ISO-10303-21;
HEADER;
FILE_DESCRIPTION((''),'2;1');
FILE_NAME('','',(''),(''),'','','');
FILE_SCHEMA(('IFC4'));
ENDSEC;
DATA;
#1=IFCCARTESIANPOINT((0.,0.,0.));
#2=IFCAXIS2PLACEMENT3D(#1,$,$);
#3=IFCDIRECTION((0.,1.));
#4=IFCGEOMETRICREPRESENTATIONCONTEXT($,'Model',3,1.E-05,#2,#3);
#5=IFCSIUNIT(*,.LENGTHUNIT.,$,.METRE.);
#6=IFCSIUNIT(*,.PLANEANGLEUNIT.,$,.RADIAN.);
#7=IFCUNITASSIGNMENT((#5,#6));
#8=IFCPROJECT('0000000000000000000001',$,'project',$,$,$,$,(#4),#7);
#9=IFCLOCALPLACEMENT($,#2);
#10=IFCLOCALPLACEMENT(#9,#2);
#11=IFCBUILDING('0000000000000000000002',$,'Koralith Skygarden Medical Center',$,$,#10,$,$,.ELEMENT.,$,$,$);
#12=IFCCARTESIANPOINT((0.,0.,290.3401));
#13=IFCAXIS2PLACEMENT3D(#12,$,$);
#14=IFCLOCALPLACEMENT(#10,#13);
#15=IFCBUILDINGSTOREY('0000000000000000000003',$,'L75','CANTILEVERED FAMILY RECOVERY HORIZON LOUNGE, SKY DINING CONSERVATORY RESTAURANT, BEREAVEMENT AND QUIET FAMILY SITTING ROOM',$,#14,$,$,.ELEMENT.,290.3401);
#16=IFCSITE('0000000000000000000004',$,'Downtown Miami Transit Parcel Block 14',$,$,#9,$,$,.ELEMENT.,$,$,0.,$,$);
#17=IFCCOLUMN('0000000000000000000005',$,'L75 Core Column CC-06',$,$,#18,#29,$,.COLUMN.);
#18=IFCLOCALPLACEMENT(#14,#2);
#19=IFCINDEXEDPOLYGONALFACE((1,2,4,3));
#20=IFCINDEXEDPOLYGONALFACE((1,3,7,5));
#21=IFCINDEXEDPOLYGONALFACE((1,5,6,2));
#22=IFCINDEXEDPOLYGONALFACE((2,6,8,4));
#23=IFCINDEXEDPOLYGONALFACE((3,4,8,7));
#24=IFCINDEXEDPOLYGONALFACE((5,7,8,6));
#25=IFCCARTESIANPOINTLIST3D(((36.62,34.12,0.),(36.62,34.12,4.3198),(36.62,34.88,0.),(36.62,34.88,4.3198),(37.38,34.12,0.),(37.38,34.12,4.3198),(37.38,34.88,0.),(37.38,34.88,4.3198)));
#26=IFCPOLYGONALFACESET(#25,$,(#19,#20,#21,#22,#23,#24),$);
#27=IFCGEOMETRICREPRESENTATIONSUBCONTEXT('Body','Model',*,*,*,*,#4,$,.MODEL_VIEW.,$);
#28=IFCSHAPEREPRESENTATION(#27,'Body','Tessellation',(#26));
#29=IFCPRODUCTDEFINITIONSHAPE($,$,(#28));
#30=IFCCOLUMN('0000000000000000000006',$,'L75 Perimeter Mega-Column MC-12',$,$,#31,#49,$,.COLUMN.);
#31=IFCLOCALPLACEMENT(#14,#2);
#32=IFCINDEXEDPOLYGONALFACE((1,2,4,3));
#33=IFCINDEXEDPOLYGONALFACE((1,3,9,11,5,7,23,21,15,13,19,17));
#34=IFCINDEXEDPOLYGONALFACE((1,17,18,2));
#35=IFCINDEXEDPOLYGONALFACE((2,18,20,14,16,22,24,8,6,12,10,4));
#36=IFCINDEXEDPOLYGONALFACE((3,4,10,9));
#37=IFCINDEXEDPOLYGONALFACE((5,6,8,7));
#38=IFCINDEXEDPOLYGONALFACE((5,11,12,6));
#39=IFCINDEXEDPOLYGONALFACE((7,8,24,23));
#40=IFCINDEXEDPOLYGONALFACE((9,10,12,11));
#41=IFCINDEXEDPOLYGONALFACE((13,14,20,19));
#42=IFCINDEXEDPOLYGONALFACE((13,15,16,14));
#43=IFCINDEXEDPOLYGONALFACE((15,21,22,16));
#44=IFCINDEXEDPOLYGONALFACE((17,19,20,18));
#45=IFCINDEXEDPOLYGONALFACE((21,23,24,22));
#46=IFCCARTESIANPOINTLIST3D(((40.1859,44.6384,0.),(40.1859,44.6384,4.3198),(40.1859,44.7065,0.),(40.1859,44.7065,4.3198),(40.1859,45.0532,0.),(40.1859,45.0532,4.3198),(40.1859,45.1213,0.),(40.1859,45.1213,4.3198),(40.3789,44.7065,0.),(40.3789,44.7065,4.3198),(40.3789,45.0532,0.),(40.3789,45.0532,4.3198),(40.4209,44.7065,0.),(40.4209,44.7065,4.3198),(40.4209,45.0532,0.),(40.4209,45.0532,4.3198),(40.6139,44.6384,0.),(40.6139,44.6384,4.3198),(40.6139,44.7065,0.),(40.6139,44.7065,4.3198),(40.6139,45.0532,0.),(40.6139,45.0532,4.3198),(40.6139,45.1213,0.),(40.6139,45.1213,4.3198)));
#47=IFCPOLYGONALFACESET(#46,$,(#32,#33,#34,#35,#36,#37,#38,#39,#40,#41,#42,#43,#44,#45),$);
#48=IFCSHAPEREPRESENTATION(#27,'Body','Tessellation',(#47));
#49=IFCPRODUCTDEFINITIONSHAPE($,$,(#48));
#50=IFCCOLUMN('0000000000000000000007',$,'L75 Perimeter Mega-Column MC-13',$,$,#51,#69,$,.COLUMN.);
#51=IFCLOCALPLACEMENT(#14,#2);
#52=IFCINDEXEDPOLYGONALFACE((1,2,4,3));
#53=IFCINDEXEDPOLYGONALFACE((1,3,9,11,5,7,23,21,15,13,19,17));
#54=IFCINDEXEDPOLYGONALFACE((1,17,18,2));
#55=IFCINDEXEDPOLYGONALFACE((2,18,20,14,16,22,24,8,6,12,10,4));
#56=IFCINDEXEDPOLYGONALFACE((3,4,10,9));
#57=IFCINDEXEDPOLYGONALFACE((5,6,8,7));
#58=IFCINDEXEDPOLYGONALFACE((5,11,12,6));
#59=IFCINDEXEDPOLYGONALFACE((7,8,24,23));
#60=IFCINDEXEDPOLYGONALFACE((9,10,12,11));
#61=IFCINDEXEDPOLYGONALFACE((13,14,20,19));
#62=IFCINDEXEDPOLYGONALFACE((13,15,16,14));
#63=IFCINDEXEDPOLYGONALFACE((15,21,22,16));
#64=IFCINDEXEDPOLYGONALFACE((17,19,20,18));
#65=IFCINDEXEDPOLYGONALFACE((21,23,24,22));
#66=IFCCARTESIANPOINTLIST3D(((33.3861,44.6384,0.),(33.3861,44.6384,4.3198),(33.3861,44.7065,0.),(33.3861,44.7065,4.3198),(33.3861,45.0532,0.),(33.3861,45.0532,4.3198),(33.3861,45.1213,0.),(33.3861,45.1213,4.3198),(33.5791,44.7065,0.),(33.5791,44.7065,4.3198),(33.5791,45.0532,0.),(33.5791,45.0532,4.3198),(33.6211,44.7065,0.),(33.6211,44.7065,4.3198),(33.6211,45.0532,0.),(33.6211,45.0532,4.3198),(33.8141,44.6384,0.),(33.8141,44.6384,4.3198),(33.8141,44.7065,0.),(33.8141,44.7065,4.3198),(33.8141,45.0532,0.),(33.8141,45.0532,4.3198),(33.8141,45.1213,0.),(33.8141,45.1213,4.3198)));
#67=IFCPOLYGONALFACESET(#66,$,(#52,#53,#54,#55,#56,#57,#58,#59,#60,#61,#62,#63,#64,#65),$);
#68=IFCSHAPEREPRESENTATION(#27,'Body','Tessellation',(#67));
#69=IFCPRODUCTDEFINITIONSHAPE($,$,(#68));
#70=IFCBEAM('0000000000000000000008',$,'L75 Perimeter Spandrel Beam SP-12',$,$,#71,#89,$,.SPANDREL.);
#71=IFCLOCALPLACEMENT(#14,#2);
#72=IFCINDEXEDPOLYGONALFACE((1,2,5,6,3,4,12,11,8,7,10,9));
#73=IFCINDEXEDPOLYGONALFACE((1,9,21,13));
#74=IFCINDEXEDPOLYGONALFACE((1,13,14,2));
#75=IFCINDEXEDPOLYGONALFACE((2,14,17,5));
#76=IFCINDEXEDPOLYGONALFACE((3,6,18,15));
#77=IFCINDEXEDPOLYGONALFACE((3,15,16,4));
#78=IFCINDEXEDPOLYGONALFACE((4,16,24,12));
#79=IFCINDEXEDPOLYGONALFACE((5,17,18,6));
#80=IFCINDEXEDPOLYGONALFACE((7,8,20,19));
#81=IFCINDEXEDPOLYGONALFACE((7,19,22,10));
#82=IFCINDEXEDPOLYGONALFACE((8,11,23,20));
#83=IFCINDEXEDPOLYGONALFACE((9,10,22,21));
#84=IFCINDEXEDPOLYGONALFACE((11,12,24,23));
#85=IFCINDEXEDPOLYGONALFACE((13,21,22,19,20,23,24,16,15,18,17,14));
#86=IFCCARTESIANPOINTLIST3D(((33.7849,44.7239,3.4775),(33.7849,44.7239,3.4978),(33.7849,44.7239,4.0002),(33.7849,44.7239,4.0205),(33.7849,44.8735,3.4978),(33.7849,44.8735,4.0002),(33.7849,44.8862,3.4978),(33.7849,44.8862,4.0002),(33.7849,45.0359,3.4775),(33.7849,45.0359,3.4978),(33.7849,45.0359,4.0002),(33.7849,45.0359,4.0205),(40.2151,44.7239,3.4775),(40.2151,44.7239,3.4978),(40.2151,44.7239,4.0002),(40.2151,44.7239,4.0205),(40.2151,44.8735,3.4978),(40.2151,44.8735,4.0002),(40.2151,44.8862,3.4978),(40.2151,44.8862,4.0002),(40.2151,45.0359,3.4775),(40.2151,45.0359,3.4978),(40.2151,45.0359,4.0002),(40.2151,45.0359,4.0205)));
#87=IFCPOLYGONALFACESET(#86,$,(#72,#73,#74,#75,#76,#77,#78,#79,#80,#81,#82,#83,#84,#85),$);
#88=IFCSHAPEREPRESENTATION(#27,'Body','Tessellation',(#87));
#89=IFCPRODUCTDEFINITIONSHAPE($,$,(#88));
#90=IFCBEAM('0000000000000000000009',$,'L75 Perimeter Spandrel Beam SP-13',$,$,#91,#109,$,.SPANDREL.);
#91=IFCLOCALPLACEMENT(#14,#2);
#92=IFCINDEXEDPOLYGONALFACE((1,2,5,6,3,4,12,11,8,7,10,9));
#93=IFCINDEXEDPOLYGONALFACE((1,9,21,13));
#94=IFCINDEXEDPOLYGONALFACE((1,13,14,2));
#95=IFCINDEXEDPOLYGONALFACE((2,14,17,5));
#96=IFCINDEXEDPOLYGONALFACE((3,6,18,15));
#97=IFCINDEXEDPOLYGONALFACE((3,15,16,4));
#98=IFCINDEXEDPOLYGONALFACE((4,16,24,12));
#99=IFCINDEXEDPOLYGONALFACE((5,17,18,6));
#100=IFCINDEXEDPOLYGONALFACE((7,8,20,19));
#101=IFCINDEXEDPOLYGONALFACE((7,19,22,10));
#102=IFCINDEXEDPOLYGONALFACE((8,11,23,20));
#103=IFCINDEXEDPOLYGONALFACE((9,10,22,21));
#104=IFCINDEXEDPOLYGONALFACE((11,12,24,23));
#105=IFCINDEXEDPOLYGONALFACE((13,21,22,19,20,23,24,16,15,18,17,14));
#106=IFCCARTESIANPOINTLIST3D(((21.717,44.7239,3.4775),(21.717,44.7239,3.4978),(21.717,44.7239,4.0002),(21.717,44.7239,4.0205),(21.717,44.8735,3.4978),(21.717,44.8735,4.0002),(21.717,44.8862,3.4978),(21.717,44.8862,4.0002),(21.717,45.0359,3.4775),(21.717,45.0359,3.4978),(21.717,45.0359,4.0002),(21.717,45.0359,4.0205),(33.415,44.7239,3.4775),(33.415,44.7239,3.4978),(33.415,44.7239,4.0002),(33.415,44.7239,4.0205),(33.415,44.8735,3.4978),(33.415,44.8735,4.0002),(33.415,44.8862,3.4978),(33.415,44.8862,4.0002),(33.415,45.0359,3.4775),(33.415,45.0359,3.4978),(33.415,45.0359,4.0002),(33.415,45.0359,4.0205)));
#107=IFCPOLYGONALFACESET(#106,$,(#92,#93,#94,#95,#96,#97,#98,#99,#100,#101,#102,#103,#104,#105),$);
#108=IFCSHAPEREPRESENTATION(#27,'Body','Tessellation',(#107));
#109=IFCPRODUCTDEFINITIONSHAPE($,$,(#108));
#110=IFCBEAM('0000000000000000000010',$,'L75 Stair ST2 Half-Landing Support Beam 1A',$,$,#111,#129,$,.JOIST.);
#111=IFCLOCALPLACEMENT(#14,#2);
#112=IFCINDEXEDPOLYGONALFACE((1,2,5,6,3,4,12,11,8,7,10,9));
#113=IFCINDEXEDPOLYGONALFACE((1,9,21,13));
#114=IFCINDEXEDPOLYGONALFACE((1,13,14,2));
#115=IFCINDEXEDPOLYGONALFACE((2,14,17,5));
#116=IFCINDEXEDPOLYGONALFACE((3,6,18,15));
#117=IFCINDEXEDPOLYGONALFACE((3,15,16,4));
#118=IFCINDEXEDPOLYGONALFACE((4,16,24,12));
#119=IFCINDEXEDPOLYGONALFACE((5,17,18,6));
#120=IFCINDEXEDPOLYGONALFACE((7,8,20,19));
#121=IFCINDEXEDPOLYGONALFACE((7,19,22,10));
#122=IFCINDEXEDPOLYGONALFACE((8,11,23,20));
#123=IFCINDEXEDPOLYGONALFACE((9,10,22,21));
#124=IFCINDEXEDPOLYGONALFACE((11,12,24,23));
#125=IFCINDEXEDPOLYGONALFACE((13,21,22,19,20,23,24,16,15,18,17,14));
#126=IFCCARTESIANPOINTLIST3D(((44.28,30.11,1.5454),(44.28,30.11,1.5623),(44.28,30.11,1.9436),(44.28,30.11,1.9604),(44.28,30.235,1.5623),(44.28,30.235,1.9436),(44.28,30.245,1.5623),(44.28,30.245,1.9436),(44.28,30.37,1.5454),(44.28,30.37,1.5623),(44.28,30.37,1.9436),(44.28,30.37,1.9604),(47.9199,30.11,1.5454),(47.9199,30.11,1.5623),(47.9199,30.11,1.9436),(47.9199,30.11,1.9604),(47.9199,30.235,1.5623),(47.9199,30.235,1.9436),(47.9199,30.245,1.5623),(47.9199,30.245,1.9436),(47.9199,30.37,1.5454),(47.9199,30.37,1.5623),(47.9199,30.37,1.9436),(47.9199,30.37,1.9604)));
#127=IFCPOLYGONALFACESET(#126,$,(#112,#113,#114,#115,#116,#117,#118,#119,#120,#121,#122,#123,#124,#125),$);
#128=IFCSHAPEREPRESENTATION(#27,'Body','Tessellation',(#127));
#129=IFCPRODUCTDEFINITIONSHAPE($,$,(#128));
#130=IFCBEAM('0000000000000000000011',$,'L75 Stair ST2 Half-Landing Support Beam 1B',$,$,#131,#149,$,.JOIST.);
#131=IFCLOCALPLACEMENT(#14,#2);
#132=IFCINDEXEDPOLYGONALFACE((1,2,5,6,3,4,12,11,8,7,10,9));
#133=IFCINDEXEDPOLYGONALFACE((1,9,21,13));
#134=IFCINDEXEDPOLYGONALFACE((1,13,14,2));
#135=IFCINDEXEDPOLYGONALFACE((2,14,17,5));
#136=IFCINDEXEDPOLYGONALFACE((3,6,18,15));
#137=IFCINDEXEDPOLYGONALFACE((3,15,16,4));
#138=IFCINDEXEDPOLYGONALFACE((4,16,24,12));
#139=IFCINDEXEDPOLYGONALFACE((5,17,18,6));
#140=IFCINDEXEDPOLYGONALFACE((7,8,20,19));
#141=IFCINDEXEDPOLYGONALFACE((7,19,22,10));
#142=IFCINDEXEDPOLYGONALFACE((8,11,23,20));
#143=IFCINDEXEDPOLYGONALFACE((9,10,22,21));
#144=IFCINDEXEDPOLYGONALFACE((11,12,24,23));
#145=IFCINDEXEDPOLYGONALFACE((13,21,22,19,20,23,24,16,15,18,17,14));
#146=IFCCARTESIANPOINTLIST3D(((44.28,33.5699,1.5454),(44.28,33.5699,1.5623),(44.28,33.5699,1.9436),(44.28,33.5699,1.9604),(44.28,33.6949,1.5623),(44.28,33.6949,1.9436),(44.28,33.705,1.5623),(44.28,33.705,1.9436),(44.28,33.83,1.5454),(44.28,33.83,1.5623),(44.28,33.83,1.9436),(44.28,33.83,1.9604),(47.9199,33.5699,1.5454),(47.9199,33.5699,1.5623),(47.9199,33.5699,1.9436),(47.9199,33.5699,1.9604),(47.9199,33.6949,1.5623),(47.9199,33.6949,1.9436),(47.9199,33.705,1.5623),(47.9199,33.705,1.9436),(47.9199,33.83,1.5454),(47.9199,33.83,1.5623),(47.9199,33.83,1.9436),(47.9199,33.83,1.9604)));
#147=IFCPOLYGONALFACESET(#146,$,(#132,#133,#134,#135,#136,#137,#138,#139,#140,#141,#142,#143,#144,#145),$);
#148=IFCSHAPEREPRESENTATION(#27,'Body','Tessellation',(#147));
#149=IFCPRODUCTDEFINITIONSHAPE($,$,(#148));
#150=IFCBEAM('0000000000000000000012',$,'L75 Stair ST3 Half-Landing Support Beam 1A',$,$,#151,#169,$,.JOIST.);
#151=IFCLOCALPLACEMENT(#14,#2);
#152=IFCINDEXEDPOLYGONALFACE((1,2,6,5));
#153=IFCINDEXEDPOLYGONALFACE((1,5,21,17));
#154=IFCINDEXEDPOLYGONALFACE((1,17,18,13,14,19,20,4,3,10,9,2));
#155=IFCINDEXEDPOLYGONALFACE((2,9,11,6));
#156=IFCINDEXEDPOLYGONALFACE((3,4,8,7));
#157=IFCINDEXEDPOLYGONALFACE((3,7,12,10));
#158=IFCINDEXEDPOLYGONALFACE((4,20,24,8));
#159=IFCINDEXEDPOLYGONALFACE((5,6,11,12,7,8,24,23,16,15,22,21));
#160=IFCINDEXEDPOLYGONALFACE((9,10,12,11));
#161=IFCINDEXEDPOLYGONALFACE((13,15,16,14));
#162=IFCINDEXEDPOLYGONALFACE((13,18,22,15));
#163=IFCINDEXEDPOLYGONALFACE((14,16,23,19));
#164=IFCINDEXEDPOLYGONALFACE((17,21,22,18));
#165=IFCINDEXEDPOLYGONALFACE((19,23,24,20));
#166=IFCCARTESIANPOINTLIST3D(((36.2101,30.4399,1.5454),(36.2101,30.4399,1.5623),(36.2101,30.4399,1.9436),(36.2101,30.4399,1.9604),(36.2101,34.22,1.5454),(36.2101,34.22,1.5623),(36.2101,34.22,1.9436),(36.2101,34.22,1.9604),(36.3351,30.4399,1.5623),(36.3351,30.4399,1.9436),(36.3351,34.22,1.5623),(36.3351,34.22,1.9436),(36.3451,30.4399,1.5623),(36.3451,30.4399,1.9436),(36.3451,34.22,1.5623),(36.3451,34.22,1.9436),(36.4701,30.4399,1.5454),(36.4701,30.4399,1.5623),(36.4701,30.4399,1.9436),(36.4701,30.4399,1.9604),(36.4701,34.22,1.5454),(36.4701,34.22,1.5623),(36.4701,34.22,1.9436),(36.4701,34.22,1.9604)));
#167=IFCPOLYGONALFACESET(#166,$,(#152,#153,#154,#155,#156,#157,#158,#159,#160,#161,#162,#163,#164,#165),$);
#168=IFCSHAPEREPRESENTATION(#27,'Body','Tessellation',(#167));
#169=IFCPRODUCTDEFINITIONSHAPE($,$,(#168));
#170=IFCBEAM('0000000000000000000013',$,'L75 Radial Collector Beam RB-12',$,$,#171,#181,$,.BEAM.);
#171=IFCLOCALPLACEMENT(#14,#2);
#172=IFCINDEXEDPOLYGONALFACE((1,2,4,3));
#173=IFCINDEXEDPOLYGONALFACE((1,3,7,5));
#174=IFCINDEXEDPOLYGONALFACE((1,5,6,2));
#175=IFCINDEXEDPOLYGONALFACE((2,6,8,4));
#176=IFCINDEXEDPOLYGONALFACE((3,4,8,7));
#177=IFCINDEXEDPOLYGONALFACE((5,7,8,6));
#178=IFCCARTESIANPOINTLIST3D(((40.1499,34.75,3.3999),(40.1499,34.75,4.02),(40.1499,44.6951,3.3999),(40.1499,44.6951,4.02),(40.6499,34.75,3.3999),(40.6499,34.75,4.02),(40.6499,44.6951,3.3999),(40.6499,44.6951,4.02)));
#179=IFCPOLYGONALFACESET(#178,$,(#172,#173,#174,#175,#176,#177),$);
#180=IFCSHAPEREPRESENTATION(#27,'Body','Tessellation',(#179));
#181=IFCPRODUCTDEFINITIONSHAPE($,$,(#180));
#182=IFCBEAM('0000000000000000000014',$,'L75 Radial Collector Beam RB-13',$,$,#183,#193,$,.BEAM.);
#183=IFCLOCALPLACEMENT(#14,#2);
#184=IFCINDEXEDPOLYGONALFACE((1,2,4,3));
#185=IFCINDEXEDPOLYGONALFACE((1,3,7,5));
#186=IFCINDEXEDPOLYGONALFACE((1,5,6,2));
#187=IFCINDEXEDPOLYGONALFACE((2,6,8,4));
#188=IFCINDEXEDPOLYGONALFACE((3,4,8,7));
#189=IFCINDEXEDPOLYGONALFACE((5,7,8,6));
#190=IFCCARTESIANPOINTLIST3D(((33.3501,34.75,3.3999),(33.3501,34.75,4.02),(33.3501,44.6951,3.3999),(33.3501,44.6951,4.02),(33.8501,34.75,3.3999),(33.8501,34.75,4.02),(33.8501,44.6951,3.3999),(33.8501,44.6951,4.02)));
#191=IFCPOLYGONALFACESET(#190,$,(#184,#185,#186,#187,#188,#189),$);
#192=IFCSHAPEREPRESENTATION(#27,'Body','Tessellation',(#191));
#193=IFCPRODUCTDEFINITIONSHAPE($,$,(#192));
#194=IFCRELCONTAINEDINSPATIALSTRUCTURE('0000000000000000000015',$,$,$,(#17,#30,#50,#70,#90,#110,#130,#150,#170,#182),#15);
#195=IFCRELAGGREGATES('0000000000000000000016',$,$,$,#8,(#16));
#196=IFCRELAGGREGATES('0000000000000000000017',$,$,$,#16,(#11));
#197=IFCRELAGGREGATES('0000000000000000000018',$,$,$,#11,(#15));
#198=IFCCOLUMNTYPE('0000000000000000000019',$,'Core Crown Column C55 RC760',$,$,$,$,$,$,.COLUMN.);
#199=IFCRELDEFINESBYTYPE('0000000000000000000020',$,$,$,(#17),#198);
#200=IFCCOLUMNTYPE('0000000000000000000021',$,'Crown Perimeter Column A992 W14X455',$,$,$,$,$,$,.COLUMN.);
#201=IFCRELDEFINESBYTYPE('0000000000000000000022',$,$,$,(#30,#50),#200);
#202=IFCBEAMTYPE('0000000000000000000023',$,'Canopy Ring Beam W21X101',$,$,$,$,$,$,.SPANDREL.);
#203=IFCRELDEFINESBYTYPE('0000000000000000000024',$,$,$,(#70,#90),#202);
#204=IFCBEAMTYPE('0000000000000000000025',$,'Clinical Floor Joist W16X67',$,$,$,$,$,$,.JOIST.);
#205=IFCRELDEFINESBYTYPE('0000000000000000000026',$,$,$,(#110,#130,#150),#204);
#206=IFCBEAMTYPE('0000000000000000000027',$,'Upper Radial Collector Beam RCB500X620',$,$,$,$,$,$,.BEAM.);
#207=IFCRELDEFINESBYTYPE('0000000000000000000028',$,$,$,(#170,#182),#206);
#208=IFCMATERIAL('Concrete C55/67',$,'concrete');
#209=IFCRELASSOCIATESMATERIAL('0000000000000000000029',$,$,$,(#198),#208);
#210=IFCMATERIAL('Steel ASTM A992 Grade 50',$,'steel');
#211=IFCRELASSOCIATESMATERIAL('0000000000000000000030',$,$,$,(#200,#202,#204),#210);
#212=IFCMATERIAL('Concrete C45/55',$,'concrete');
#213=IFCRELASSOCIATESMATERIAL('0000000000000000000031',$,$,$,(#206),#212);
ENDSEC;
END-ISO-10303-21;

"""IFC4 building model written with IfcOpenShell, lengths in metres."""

from ifc_helpers import new_model, si_unit, direction, frame, origin, origin_2d, place, context, subcontext, project, spatial, rectangle, i_section, extrude, material, material_profile, profile_set, type_object, element, save


model = new_model("IFC4")

# Units and contexts
model_context = context("Model", 3, precision=1e-05, world=origin(), true_north=direction((0.0, 1.0)))
body_context = subcontext(model_context, "Body", "Model", "MODEL_VIEW")
ifc_project = project(units=[si_unit("LENGTHUNIT", "METRE"), si_unit("PLANEANGLEUNIT", "RADIAN")], contexts=[model_context])

# Site, building, storey
site_placement = place(None, origin())
site = spatial("IfcSite", under=ifc_project, at=site_placement, Name="Downtown Miami Transit Parcel Block 14", CompositionType="ELEMENT", RefElevation=0.0)
building_placement = place(site_placement, origin())
building = spatial("IfcBuilding", under=site, at=building_placement, Name="Koralith Skygarden Medical Center", CompositionType="ELEMENT")
storey_placement = place(building_placement, frame((0.0, 0.0, 290.3401)))
storey = spatial("IfcBuildingStorey", under=building, at=storey_placement, Name="L75", Description="CANTILEVERED FAMILY RECOVERY HORIZON LOUNGE, SKY DINING CONSERVATORY RESTAURANT, BEREAVEMENT AND QUIET FAMILY SITTING ROOM", CompositionType="ELEMENT", Elevation=290.3401)

# Columns
ifc_material_1 = material(Name="Concrete C55/67", Category="concrete")
ifc_material_profile_1 = material_profile(ifc_material_1, rectangle(XDim=0.76, YDim=0.76, at=origin_2d()), Name="RC760X760")
ifc_profile_set_1 = profile_set([ifc_material_profile_1], Name="Concrete C55/67")
column_type_1 = type_object("IfcColumnType", Name="Core Crown Column C55 RC760", PredefinedType="COLUMN", material=ifc_profile_set_1)
column_placement = place(storey_placement, frame((37.0, 34.5, 0.0), z_axis=(0.0, 0.0, 1.0), x_axis=(1.0, 0.0, 0.0)))
element("IfcColumn", 1, at=column_placement, inside=storey, type_object=column_type_1, Name="L75 Core Column CC-06", PredefinedType="COLUMN", context=body_context, shape_type="SweptSolid", body=[
    extrude(rectangle(XDim=0.76, YDim=0.76, at=origin_2d()), origin(), (0.0, 0.0, 1.0), 4.3198),
])
ifc_material_2 = material(Name="Steel ASTM A992 Grade 50", Category="steel")
ifc_material_profile_2 = material_profile(ifc_material_2, i_section(OverallWidth=0.428, OverallDepth=0.4829, WebThickness=0.042, FlangeThickness=0.0681, at=origin_2d()), Name="W14X455")
ifc_profile_set_2 = profile_set([ifc_material_profile_2], Name="Steel ASTM A992 Grade 50")
column_type_2 = type_object("IfcColumnType", Name="Crown Perimeter Column A992 W14X455", PredefinedType="COLUMN", material=ifc_profile_set_2)
for number, where, z_axis, x_axis, name in (
    (2, (40.3999, 44.8799, 0.0), (0.0, 0.0, 1.0), (1.0, 0.0, 0.0), "L75 Perimeter Mega-Column MC-12"),
    (3, (33.6001, 44.8799, 0.0), (0.0, 0.0, 1.0), (1.0, 0.0, 0.0), "L75 Perimeter Mega-Column MC-13"),
):
    element("IfcColumn", number, at=place(storey_placement, frame(where, z_axis=z_axis, x_axis=x_axis)), inside=storey, type_object=column_type_2, Name=name, PredefinedType="COLUMN", context=body_context, shape_type="SweptSolid", body=[
        extrude(i_section(OverallWidth=0.428, OverallDepth=0.4829, WebThickness=0.042, FlangeThickness=0.0681, at=origin_2d()), origin(), (0.0, 0.0, 1.0), 4.3198),
    ])

# Beams
ifc_material_profile_3 = material_profile(ifc_material_2, i_section(OverallWidth=0.312, OverallDepth=0.543, WebThickness=0.0127, FlangeThickness=0.0203, at=origin_2d()), Name="W21X101")
ifc_profile_set_3 = profile_set([ifc_material_profile_3], Name="Steel ASTM A992 Grade 50")
beam_type_1 = type_object("IfcBeamType", Name="Canopy Ring Beam W21X101", PredefinedType="SPANDREL", material=ifc_profile_set_3)
beam_1_placement = place(storey_placement, frame((40.2151, 44.8799, 3.749), z_axis=(-1.0, 0.0, 0.0), x_axis=(0.0, -1.0, 0.0)))
element("IfcBeam", 4, at=beam_1_placement, inside=storey, type_object=beam_type_1, Name="L75 Perimeter Spandrel Beam SP-12", PredefinedType="SPANDREL", context=body_context, shape_type="SweptSolid", body=[
    extrude(i_section(OverallWidth=0.312, OverallDepth=0.543, WebThickness=0.0127, FlangeThickness=0.0203, at=origin_2d()), origin(), (0.0, 0.0, 1.0), 6.4302),
])
beam_2_placement = place(storey_placement, frame((33.415, 44.8799, 3.749), z_axis=(-1.0, 0.0, 0.0), x_axis=(0.0, -1.0, 0.0)))
element("IfcBeam", 5, at=beam_2_placement, inside=storey, type_object=beam_type_1, Name="L75 Perimeter Spandrel Beam SP-13", PredefinedType="SPANDREL", context=body_context, shape_type="SweptSolid", body=[
    extrude(i_section(OverallWidth=0.312, OverallDepth=0.543, WebThickness=0.0127, FlangeThickness=0.0203, at=origin_2d()), origin(), (0.0, 0.0, 1.0), 11.698),
])
ifc_material_profile_4 = material_profile(ifc_material_2, i_section(OverallWidth=0.26, OverallDepth=0.415, WebThickness=0.01, FlangeThickness=0.0168, at=origin_2d()), Name="W16X67")
ifc_profile_set_4 = profile_set([ifc_material_profile_4], Name="Steel ASTM A992 Grade 50")
beam_type_2 = type_object("IfcBeamType", Name="Clinical Floor Joist W16X67", PredefinedType="JOIST", material=ifc_profile_set_4)
for number, where, z_axis, x_axis, name in (
    (6, (44.28, 30.24, 1.7529), (1.0, 0.0, 0.0), (0.0, 1.0, 0.0), "L75 Stair ST2 Half-Landing Support Beam 1A"),
    (7, (44.28, 33.7, 1.7529), (1.0, 0.0, 0.0), (0.0, 1.0, 0.0), "L75 Stair ST2 Half-Landing Support Beam 1B"),
):
    element("IfcBeam", number, at=place(storey_placement, frame(where, z_axis=z_axis, x_axis=x_axis)), inside=storey, type_object=beam_type_2, Name=name, PredefinedType="JOIST", context=body_context, shape_type="SweptSolid", body=[
        extrude(i_section(OverallWidth=0.26, OverallDepth=0.415, WebThickness=0.01, FlangeThickness=0.0168, at=origin_2d()), origin(), (0.0, 0.0, 1.0), 3.6399),
    ])
beam_3_placement = place(storey_placement, frame((36.3401, 30.4399, 1.7529), z_axis=(0.0, 1.0, 0.0), x_axis=(-1.0, 0.0, 0.0)))
element("IfcBeam", 8, at=beam_3_placement, inside=storey, type_object=beam_type_2, Name="L75 Stair ST3 Half-Landing Support Beam 1A", PredefinedType="JOIST", context=body_context, shape_type="SweptSolid", body=[
    extrude(i_section(OverallWidth=0.26, OverallDepth=0.415, WebThickness=0.01, FlangeThickness=0.0168, at=origin_2d()), origin(), (0.0, 0.0, 1.0), 3.78),
])
ifc_material_3 = material(Name="Concrete C45/55", Category="concrete")
ifc_material_profile_5 = material_profile(ifc_material_3, rectangle(XDim=0.5, YDim=0.6201, at=origin_2d()), Name="RCB500X620")
ifc_profile_set_5 = profile_set([ifc_material_profile_5], Name="Concrete C45/55")
beam_type_3 = type_object("IfcBeamType", Name="Upper Radial Collector Beam RCB500X620", PredefinedType="BEAM", material=ifc_profile_set_5)
for number, where, z_axis, x_axis, name in (
    (9, (40.3999, 34.75, 3.71), (0.0, 1.0, 0.0), (-1.0, 0.0, 0.0), "L75 Radial Collector Beam RB-12"),
    (10, (33.6001, 34.75, 3.71), (0.0, 1.0, 0.0), (-1.0, 0.0, 0.0), "L75 Radial Collector Beam RB-13"),
):
    element("IfcBeam", number, at=place(storey_placement, frame(where, z_axis=z_axis, x_axis=x_axis)), inside=storey, type_object=beam_type_3, Name=name, PredefinedType="BEAM", context=body_context, shape_type="SweptSolid", body=[
        extrude(rectangle(XDim=0.5, YDim=0.6201, at=origin_2d()), origin(), (0.0, 0.0, 1.0), 9.9451),
    ])

save(model, "model.ifc")
